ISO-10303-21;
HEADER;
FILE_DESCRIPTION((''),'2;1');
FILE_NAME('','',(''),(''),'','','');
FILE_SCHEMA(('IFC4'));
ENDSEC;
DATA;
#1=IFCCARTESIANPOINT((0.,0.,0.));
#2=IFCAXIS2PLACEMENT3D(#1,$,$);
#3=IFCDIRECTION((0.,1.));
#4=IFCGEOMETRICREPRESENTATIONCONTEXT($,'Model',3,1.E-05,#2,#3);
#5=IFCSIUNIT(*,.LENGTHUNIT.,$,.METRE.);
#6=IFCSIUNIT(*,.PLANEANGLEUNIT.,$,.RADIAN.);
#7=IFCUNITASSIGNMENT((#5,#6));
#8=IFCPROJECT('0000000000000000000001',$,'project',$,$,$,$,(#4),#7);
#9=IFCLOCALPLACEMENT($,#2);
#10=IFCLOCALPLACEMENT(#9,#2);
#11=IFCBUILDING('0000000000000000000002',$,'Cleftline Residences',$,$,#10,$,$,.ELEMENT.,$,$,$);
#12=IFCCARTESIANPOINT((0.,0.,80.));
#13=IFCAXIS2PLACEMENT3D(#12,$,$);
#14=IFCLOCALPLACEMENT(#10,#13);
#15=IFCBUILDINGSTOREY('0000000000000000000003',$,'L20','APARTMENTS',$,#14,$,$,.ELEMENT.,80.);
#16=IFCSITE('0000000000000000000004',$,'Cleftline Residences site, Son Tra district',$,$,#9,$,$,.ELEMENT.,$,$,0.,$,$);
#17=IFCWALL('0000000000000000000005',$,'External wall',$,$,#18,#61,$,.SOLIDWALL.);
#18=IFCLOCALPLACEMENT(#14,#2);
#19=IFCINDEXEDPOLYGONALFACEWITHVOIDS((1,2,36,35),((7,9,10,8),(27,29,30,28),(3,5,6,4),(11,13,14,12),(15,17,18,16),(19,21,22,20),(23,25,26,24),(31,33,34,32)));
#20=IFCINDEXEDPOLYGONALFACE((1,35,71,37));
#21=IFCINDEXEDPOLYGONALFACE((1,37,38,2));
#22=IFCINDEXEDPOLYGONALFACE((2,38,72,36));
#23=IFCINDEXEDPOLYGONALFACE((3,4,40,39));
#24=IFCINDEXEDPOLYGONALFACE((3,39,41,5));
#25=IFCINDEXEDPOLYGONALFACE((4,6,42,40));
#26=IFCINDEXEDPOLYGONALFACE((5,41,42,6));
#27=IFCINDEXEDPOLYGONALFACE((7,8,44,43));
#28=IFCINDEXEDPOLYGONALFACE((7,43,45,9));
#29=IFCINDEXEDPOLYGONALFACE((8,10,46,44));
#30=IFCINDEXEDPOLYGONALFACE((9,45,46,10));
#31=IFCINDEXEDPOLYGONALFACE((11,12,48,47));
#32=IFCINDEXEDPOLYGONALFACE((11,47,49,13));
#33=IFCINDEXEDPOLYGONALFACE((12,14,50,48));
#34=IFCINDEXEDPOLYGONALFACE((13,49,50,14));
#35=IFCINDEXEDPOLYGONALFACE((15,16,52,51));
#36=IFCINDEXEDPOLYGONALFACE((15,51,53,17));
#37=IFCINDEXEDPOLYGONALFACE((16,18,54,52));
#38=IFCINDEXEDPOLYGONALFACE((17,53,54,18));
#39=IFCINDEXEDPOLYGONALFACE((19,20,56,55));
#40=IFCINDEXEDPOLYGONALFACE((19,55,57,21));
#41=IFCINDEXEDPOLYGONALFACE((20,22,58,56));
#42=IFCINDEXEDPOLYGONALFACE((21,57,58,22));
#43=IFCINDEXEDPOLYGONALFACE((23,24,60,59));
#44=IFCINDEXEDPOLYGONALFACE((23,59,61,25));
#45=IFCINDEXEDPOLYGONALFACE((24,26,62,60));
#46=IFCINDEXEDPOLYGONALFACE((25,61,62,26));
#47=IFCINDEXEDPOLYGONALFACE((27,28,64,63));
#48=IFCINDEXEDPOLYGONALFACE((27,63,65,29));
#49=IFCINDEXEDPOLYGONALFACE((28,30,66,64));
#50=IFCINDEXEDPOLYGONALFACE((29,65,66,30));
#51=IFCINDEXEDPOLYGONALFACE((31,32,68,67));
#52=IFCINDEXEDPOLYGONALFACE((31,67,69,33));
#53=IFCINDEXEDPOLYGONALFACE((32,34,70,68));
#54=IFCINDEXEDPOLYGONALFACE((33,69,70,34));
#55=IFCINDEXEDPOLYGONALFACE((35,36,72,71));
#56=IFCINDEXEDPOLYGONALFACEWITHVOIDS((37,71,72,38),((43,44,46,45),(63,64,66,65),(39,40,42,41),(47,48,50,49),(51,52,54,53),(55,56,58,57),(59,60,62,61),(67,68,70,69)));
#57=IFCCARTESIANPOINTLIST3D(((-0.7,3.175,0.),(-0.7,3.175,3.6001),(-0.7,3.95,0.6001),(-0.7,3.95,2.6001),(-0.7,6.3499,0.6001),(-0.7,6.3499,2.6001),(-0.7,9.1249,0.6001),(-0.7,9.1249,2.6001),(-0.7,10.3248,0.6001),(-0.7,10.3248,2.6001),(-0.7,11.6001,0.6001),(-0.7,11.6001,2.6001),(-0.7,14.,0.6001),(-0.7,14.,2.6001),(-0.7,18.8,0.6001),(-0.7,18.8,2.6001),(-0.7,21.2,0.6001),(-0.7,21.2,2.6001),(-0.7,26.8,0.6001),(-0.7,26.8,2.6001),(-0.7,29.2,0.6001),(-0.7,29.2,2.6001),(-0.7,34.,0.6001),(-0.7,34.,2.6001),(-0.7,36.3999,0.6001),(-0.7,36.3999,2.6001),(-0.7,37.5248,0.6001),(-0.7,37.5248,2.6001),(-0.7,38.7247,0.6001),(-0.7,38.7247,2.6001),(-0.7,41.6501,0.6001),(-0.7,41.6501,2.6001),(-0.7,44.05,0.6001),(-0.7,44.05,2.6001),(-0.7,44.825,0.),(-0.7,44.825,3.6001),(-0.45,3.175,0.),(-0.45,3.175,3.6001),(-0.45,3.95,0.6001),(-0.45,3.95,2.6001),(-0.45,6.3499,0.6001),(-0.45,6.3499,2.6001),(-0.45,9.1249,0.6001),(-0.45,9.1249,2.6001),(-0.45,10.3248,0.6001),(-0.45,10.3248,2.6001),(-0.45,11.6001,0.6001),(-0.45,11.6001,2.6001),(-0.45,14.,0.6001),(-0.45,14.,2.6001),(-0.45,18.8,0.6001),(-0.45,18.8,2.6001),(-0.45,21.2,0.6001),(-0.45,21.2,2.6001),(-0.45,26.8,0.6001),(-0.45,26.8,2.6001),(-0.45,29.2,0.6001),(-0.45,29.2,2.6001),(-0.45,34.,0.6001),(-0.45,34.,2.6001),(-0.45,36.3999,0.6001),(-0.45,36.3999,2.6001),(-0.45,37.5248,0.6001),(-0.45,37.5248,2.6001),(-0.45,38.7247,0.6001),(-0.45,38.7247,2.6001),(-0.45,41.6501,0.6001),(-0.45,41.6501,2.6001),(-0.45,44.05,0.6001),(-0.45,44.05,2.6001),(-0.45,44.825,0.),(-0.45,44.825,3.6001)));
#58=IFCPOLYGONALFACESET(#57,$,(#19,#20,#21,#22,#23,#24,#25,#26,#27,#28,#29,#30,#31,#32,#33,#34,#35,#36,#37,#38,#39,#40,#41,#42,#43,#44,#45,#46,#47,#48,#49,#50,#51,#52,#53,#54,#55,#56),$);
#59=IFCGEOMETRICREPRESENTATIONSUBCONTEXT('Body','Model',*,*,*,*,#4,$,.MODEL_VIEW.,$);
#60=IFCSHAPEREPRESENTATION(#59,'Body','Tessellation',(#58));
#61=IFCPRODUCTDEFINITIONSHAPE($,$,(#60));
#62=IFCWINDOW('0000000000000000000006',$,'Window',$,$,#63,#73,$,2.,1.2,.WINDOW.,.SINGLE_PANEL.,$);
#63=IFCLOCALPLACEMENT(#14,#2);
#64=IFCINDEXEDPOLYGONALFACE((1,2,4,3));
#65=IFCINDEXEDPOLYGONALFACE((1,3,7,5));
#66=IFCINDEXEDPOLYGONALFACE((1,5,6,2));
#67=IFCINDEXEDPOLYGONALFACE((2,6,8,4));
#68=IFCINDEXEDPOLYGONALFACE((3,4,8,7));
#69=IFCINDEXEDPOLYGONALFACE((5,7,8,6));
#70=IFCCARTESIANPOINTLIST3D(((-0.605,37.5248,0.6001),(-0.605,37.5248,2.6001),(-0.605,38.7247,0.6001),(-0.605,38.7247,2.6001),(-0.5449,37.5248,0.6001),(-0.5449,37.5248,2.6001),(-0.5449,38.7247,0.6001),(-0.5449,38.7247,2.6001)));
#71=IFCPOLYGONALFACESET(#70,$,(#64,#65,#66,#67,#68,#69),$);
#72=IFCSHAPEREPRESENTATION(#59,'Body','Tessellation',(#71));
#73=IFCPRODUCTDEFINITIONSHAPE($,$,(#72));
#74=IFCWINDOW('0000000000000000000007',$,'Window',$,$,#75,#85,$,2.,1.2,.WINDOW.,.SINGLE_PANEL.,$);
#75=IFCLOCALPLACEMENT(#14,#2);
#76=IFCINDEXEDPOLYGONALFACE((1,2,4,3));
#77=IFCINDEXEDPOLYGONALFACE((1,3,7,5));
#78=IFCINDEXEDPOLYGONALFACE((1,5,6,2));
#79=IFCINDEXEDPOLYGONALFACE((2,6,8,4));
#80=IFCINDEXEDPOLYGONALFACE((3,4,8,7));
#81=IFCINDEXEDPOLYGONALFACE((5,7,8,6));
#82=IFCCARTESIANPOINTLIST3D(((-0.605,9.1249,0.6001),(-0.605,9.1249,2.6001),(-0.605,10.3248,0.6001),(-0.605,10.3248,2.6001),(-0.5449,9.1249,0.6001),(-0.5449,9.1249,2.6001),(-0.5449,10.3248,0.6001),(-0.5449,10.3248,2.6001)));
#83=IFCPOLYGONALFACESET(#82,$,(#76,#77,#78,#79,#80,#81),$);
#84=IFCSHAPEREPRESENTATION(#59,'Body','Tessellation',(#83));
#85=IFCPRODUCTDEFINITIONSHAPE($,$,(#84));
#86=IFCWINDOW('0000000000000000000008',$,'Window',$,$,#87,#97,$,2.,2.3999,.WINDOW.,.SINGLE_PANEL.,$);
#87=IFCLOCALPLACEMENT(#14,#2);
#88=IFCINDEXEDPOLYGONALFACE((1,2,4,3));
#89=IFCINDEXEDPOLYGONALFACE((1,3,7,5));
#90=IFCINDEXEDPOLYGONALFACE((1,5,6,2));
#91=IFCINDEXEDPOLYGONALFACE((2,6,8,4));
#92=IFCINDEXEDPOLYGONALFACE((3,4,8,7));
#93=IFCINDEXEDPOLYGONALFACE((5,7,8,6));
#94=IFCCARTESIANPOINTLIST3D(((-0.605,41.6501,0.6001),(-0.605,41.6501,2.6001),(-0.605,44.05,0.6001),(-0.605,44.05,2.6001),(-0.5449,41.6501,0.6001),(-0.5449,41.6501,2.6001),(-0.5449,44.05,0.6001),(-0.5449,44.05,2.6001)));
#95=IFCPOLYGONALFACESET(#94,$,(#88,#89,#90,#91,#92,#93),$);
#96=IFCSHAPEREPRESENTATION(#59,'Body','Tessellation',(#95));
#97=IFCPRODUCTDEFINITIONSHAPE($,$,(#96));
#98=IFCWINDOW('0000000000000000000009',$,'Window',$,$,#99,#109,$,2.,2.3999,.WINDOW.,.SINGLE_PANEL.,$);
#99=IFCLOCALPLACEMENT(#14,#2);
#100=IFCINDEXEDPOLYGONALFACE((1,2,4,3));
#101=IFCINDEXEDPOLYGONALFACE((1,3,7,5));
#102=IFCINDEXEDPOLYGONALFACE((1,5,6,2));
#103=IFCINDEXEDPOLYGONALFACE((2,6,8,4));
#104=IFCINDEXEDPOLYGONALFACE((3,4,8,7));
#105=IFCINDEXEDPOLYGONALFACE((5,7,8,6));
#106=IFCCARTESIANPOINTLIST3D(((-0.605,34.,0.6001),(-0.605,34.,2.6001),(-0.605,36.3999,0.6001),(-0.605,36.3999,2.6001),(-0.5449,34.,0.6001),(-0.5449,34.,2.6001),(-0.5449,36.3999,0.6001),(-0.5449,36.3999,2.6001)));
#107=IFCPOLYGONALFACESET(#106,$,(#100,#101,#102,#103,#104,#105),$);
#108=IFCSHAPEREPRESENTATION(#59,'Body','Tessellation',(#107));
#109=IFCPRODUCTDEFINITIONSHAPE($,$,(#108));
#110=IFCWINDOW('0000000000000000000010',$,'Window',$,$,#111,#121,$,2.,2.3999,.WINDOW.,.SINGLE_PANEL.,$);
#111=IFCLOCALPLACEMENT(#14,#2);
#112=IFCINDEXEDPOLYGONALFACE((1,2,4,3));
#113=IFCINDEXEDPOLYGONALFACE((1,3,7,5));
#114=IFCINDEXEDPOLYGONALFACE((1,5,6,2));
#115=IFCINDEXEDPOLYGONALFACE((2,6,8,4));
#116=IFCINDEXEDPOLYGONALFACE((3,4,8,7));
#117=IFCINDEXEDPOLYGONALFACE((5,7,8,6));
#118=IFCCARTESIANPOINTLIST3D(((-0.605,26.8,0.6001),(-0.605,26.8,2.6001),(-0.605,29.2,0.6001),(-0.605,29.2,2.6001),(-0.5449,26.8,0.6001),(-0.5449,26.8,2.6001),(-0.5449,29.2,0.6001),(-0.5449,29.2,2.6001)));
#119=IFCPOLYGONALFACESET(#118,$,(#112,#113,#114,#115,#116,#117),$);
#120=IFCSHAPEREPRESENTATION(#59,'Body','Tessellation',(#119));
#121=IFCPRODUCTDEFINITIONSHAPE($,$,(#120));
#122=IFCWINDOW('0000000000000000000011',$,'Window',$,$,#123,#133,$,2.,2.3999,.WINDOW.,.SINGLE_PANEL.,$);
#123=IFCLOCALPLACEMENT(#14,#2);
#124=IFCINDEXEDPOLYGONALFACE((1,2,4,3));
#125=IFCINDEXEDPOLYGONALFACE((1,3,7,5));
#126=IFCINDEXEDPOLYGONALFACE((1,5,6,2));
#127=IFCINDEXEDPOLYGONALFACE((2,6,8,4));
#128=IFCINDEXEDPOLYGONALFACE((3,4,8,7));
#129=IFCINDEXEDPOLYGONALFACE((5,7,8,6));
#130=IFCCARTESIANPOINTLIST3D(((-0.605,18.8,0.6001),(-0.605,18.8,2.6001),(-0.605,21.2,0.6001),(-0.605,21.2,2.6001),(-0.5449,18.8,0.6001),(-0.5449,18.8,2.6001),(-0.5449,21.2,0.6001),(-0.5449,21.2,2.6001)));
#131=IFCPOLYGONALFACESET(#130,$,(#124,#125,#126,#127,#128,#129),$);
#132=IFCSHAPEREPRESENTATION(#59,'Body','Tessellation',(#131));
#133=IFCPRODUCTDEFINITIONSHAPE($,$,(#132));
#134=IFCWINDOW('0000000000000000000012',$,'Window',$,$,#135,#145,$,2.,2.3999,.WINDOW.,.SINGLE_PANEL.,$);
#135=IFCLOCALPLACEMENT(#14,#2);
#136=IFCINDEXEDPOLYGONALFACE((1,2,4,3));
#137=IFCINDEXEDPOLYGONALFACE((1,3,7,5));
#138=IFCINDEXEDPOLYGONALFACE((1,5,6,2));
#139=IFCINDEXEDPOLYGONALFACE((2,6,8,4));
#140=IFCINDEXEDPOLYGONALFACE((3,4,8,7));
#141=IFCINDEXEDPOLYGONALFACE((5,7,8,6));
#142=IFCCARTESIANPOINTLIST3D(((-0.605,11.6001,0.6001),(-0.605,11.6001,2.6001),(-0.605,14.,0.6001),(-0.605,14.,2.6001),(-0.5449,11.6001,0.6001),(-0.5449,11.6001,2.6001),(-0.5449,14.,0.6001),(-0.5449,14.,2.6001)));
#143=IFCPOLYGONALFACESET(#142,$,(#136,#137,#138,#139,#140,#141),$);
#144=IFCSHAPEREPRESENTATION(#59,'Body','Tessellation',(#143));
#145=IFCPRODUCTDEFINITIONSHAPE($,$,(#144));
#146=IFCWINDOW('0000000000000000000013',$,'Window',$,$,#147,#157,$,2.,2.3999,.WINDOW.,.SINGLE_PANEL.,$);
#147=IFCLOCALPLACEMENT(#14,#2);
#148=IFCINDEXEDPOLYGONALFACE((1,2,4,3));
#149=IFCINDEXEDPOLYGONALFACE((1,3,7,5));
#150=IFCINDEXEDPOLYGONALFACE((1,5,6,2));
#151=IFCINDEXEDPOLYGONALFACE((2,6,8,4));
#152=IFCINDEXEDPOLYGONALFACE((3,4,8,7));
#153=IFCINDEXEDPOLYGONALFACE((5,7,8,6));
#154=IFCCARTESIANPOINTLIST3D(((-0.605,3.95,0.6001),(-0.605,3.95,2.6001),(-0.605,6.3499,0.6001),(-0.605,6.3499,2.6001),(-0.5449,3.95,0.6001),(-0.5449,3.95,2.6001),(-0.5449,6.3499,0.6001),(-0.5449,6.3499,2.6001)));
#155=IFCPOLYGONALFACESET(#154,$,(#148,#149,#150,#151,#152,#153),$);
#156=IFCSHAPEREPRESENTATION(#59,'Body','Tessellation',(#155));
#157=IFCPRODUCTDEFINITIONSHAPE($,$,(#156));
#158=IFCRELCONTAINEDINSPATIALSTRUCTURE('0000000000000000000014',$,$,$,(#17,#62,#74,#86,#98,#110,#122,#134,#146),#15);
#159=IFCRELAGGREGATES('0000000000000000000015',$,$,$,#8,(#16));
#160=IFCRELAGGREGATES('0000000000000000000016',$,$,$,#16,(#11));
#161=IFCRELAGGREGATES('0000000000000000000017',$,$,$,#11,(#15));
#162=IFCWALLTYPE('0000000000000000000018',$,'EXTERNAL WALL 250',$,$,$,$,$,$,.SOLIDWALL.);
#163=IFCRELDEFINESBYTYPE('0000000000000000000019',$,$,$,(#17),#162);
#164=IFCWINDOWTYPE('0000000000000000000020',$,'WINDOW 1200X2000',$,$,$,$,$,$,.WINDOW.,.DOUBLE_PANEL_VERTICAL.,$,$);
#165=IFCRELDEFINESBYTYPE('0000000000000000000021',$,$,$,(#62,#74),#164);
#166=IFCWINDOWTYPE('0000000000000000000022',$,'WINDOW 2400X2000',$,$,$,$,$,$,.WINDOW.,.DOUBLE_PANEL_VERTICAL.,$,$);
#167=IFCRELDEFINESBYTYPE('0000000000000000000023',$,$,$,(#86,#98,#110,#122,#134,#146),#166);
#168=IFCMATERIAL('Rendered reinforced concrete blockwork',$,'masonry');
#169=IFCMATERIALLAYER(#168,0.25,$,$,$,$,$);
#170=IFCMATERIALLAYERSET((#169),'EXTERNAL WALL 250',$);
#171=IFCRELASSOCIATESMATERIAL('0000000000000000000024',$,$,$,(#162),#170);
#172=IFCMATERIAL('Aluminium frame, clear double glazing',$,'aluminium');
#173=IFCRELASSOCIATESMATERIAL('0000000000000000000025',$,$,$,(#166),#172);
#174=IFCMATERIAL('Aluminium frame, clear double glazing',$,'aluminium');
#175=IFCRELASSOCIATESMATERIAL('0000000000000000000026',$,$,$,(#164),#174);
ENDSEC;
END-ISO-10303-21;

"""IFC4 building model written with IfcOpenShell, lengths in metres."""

from ifc_helpers import new_model, si_unit, direction, frame, frame_2d, origin, place, context, subcontext, project, spatial, rectangle, extrude, material, layer, layer_set, type_object, element, fill, save


model = new_model("IFC4")

# Units and contexts
model_context = context("Model", 3, precision=1e-05, world=origin(), true_north=direction((0.0, 1.0)))
body_context = subcontext(model_context, "Body", "Model", "MODEL_VIEW")
ifc_project = project(units=[si_unit("LENGTHUNIT", "METRE"), si_unit("PLANEANGLEUNIT", "RADIAN")], contexts=[model_context])

# Site, building, storey
site_placement = place(None, origin())
site = spatial("IfcSite", under=ifc_project, at=site_placement, Name="Cleftline Residences site, Son Tra district", CompositionType="ELEMENT", RefElevation=0.0)
building_placement = place(site_placement, origin())
building = spatial("IfcBuilding", under=site, at=building_placement, Name="Cleftline Residences", CompositionType="ELEMENT")
storey_placement = place(building_placement, frame((0.0, 0.0, 80.0)))
storey = spatial("IfcBuildingStorey", under=building, at=storey_placement, Name="L20", Description="APARTMENTS", CompositionType="ELEMENT", Elevation=80.0)

# Shared definitions
ifc_material_1 = material(Name="Rendered reinforced concrete blockwork", Category="masonry")
ifc_layer_1 = layer(ifc_material_1, 0.25)
ifc_layer_set_1 = layer_set([ifc_layer_1], Name="EXTERNAL WALL 250")
wall_type_1 = type_object("IfcWallType", Name="EXTERNAL WALL 250", PredefinedType="SOLIDWALL", material=ifc_layer_set_1)
ifc_material_2 = material(Name="Aluminium frame, clear double glazing", Category="aluminium")
window_type_1 = type_object("IfcWindowType", Name="WINDOW 2400X2000", PartitioningType="DOUBLE_PANEL_VERTICAL", PredefinedType="WINDOW", material=ifc_material_2)

# Wall, openings, windows
wall_1_placement = place(storey_placement, frame((-0.575, 44.825, 0.0), z_axis=(0.0, 0.0, 1.0), x_axis=(0.0, -1.0, 0.0)))
wall_1 = element("IfcWall", 1, at=wall_1_placement, inside=storey, type_object=wall_type_1, Name="External wall", PredefinedType="SOLIDWALL", context=body_context, shape_type="SweptSolid", body=[
    extrude(rectangle(XDim=41.6499, YDim=0.25, at=frame_2d((20.825, 0.0))), origin(), (0.0, 0.0, 1.0), 3.6001),
])
opening_1_placement = place(wall_1_placement, frame((0.7749, 0.0, 0.6001)))
opening_1 = element("IfcOpeningElement", 2, at=opening_1_placement, cuts=wall_1, PredefinedType="OPENING", context=body_context, shape_type="SweptSolid", body=[
    extrude(rectangle(XDim=2.3999, YDim=2.0, at=frame_2d((1.2, 1.0))), frame((0.0, 0.135, 0.0), z_axis=(0.0, -1.0, 0.0), x_axis=(1.0, 0.0, 0.0)), (0.0, 0.0, 1.0), 0.27),
])
opening_2_placement = place(wall_1_placement, frame((6.1001, 0.0, 0.6001)))
opening_2 = element("IfcOpeningElement", 3, at=opening_2_placement, cuts=wall_1, PredefinedType="OPENING", context=body_context, shape_type="SweptSolid", body=[
    extrude(rectangle(XDim=1.2, YDim=2.0, at=frame_2d((0.6001, 1.0))), frame((0.0, 0.135, 0.0), z_axis=(0.0, -1.0, 0.0), x_axis=(1.0, 0.0, 0.0)), (0.0, 0.0, 1.0), 0.27),
])
opening_3_placement = place(wall_1_placement, frame((8.425, 0.0, 0.6001)))
opening_3 = element("IfcOpeningElement", 4, at=opening_3_placement, cuts=wall_1, PredefinedType="OPENING", context=body_context, shape_type="SweptSolid", body=[
    extrude(rectangle(XDim=2.3999, YDim=2.0, at=frame_2d((1.2, 1.0))), frame((0.0, 0.135, 0.0), z_axis=(0.0, -1.0, 0.0), x_axis=(1.0, 0.0, 0.0)), (0.0, 0.0, 1.0), 0.27),
])
opening_4_placement = place(wall_1_placement, frame((15.625, 0.0, 0.6001)))
opening_4 = element("IfcOpeningElement", 5, at=opening_4_placement, cuts=wall_1, PredefinedType="OPENING", context=body_context, shape_type="SweptSolid", body=[
    extrude(rectangle(XDim=2.3999, YDim=2.0, at=frame_2d((1.2, 1.0))), frame((0.0, 0.135, 0.0), z_axis=(0.0, -1.0, 0.0), x_axis=(1.0, 0.0, 0.0)), (0.0, 0.0, 1.0), 0.27),
])
opening_5_placement = place(wall_1_placement, frame((23.625, 0.0, 0.6001)))
opening_5 = element("IfcOpeningElement", 6, at=opening_5_placement, cuts=wall_1, PredefinedType="OPENING", context=body_context, shape_type="SweptSolid", body=[
    extrude(rectangle(XDim=2.3999, YDim=2.0, at=frame_2d((1.2, 1.0))), frame((0.0, 0.135, 0.0), z_axis=(0.0, -1.0, 0.0), x_axis=(1.0, 0.0, 0.0)), (0.0, 0.0, 1.0), 0.27),
])
opening_6_placement = place(wall_1_placement, frame((30.825, 0.0, 0.6001)))
opening_6 = element("IfcOpeningElement", 7, at=opening_6_placement, cuts=wall_1, PredefinedType="OPENING", context=body_context, shape_type="SweptSolid", body=[
    extrude(rectangle(XDim=2.3999, YDim=2.0, at=frame_2d((1.2, 1.0))), frame((0.0, 0.135, 0.0), z_axis=(0.0, -1.0, 0.0), x_axis=(1.0, 0.0, 0.0)), (0.0, 0.0, 1.0), 0.27),
])
opening_7_placement = place(wall_1_placement, frame((34.5, 0.0, 0.6001)))
opening_7 = element("IfcOpeningElement", 8, at=opening_7_placement, cuts=wall_1, PredefinedType="OPENING", context=body_context, shape_type="SweptSolid", body=[
    extrude(rectangle(XDim=1.2, YDim=2.0, at=frame_2d((0.6001, 1.0))), frame((0.0, 0.135, 0.0), z_axis=(0.0, -1.0, 0.0), x_axis=(1.0, 0.0, 0.0)), (0.0, 0.0, 1.0), 0.27),
])
opening_8_placement = place(wall_1_placement, frame((38.4751, 0.0, 0.6001)))
opening_8 = element("IfcOpeningElement", 9, at=opening_8_placement, cuts=wall_1, PredefinedType="OPENING", context=body_context, shape_type="SweptSolid", body=[
    extrude(rectangle(XDim=2.3999, YDim=2.0, at=frame_2d((1.2, 1.0))), frame((0.0, 0.135, 0.0), z_axis=(0.0, -1.0, 0.0), x_axis=(1.0, 0.0, 0.0)), (0.0, 0.0, 1.0), 0.27),
])
ifc_material_3 = material(Name="Aluminium frame, clear double glazing", Category="aluminium")
window_type_2 = type_object("IfcWindowType", Name="WINDOW 1200X2000", PartitioningType="DOUBLE_PANEL_VERTICAL", PredefinedType="WINDOW", material=ifc_material_3)
window_1_placement = place(opening_2_placement, origin())
window_1 = element("IfcWindow", 10, at=window_1_placement, inside=storey, type_object=window_type_2, Name="Window", OverallHeight=2.0, OverallWidth=1.2, PartitioningType="SINGLE_PANEL", PredefinedType="WINDOW", context=body_context, shape_type="SweptSolid", body=[
    extrude(rectangle(XDim=1.2, YDim=2.0, at=frame_2d((0.6001, 1.0))), frame((0.0, 0.03, 0.0), z_axis=(0.0, -1.0, 0.0), x_axis=(1.0, 0.0, 0.0)), (0.0, 0.0, 1.0), 0.0601),
])
fill(opening_2, window_1)
window_2_placement = place(opening_7_placement, origin())
window_2 = element("IfcWindow", 11, at=window_2_placement, inside=storey, type_object=window_type_2, Name="Window", OverallHeight=2.0, OverallWidth=1.2, PartitioningType="SINGLE_PANEL", PredefinedType="WINDOW", context=body_context, shape_type="SweptSolid", body=[
    extrude(rectangle(XDim=1.2, YDim=2.0, at=frame_2d((0.6001, 1.0))), frame((0.0, 0.03, 0.0), z_axis=(0.0, -1.0, 0.0), x_axis=(1.0, 0.0, 0.0)), (0.0, 0.0, 1.0), 0.0601),
])
fill(opening_7, window_2)
window_3_placement = place(opening_1_placement, origin())
window_3 = element("IfcWindow", 12, at=window_3_placement, inside=storey, type_object=window_type_1, Name="Window", OverallHeight=2.0, OverallWidth=2.3999, PartitioningType="SINGLE_PANEL", PredefinedType="WINDOW", context=body_context, shape_type="SweptSolid", body=[
    extrude(rectangle(XDim=2.3999, YDim=2.0, at=frame_2d((1.2, 1.0))), frame((0.0, 0.03, 0.0), z_axis=(0.0, -1.0, 0.0), x_axis=(1.0, 0.0, 0.0)), (0.0, 0.0, 1.0), 0.0601),
])
fill(opening_1, window_3)
window_4_placement = place(opening_3_placement, origin())
window_4 = element("IfcWindow", 13, at=window_4_placement, inside=storey, type_object=window_type_1, Name="Window", OverallHeight=2.0, OverallWidth=2.3999, PartitioningType="SINGLE_PANEL", PredefinedType="WINDOW", context=body_context, shape_type="SweptSolid", body=[
    extrude(rectangle(XDim=2.3999, YDim=2.0, at=frame_2d((1.2, 1.0))), frame((0.0, 0.03, 0.0), z_axis=(0.0, -1.0, 0.0), x_axis=(1.0, 0.0, 0.0)), (0.0, 0.0, 1.0), 0.0601),
])
fill(opening_3, window_4)
window_5_placement = place(opening_4_placement, origin())
window_5 = element("IfcWindow", 14, at=window_5_placement, inside=storey, type_object=window_type_1, Name="Window", OverallHeight=2.0, OverallWidth=2.3999, PartitioningType="SINGLE_PANEL", PredefinedType="WINDOW", context=body_context, shape_type="SweptSolid", body=[
    extrude(rectangle(XDim=2.3999, YDim=2.0, at=frame_2d((1.2, 1.0))), frame((0.0, 0.03, 0.0), z_axis=(0.0, -1.0, 0.0), x_axis=(1.0, 0.0, 0.0)), (0.0, 0.0, 1.0), 0.0601),
])
fill(opening_4, window_5)
window_6_placement = place(opening_5_placement, origin())
window_6 = element("IfcWindow", 15, at=window_6_placement, inside=storey, type_object=window_type_1, Name="Window", OverallHeight=2.0, OverallWidth=2.3999, PartitioningType="SINGLE_PANEL", PredefinedType="WINDOW", context=body_context, shape_type="SweptSolid", body=[
    extrude(rectangle(XDim=2.3999, YDim=2.0, at=frame_2d((1.2, 1.0))), frame((0.0, 0.03, 0.0), z_axis=(0.0, -1.0, 0.0), x_axis=(1.0, 0.0, 0.0)), (0.0, 0.0, 1.0), 0.0601),
])
fill(opening_5, window_6)
window_7_placement = place(opening_6_placement, origin())
window_7 = element("IfcWindow", 16, at=window_7_placement, inside=storey, type_object=window_type_1, Name="Window", OverallHeight=2.0, OverallWidth=2.3999, PartitioningType="SINGLE_PANEL", PredefinedType="WINDOW", context=body_context, shape_type="SweptSolid", body=[
    extrude(rectangle(XDim=2.3999, YDim=2.0, at=frame_2d((1.2, 1.0))), frame((0.0, 0.03, 0.0), z_axis=(0.0, -1.0, 0.0), x_axis=(1.0, 0.0, 0.0)), (0.0, 0.0, 1.0), 0.0601),
])
fill(opening_6, window_7)
window_8_placement = place(opening_8_placement, origin())
window_8 = element("IfcWindow", 17, at=window_8_placement, inside=storey, type_object=window_type_1, Name="Window", OverallHeight=2.0, OverallWidth=2.3999, PartitioningType="SINGLE_PANEL", PredefinedType="WINDOW", context=body_context, shape_type="SweptSolid", body=[
    extrude(rectangle(XDim=2.3999, YDim=2.0, at=frame_2d((1.2, 1.0))), frame((0.0, 0.03, 0.0), z_axis=(0.0, -1.0, 0.0), x_axis=(1.0, 0.0, 0.0)), (0.0, 0.0, 1.0), 0.0601),
])
fill(opening_8, window_8)

save(model, "model.ifc")
